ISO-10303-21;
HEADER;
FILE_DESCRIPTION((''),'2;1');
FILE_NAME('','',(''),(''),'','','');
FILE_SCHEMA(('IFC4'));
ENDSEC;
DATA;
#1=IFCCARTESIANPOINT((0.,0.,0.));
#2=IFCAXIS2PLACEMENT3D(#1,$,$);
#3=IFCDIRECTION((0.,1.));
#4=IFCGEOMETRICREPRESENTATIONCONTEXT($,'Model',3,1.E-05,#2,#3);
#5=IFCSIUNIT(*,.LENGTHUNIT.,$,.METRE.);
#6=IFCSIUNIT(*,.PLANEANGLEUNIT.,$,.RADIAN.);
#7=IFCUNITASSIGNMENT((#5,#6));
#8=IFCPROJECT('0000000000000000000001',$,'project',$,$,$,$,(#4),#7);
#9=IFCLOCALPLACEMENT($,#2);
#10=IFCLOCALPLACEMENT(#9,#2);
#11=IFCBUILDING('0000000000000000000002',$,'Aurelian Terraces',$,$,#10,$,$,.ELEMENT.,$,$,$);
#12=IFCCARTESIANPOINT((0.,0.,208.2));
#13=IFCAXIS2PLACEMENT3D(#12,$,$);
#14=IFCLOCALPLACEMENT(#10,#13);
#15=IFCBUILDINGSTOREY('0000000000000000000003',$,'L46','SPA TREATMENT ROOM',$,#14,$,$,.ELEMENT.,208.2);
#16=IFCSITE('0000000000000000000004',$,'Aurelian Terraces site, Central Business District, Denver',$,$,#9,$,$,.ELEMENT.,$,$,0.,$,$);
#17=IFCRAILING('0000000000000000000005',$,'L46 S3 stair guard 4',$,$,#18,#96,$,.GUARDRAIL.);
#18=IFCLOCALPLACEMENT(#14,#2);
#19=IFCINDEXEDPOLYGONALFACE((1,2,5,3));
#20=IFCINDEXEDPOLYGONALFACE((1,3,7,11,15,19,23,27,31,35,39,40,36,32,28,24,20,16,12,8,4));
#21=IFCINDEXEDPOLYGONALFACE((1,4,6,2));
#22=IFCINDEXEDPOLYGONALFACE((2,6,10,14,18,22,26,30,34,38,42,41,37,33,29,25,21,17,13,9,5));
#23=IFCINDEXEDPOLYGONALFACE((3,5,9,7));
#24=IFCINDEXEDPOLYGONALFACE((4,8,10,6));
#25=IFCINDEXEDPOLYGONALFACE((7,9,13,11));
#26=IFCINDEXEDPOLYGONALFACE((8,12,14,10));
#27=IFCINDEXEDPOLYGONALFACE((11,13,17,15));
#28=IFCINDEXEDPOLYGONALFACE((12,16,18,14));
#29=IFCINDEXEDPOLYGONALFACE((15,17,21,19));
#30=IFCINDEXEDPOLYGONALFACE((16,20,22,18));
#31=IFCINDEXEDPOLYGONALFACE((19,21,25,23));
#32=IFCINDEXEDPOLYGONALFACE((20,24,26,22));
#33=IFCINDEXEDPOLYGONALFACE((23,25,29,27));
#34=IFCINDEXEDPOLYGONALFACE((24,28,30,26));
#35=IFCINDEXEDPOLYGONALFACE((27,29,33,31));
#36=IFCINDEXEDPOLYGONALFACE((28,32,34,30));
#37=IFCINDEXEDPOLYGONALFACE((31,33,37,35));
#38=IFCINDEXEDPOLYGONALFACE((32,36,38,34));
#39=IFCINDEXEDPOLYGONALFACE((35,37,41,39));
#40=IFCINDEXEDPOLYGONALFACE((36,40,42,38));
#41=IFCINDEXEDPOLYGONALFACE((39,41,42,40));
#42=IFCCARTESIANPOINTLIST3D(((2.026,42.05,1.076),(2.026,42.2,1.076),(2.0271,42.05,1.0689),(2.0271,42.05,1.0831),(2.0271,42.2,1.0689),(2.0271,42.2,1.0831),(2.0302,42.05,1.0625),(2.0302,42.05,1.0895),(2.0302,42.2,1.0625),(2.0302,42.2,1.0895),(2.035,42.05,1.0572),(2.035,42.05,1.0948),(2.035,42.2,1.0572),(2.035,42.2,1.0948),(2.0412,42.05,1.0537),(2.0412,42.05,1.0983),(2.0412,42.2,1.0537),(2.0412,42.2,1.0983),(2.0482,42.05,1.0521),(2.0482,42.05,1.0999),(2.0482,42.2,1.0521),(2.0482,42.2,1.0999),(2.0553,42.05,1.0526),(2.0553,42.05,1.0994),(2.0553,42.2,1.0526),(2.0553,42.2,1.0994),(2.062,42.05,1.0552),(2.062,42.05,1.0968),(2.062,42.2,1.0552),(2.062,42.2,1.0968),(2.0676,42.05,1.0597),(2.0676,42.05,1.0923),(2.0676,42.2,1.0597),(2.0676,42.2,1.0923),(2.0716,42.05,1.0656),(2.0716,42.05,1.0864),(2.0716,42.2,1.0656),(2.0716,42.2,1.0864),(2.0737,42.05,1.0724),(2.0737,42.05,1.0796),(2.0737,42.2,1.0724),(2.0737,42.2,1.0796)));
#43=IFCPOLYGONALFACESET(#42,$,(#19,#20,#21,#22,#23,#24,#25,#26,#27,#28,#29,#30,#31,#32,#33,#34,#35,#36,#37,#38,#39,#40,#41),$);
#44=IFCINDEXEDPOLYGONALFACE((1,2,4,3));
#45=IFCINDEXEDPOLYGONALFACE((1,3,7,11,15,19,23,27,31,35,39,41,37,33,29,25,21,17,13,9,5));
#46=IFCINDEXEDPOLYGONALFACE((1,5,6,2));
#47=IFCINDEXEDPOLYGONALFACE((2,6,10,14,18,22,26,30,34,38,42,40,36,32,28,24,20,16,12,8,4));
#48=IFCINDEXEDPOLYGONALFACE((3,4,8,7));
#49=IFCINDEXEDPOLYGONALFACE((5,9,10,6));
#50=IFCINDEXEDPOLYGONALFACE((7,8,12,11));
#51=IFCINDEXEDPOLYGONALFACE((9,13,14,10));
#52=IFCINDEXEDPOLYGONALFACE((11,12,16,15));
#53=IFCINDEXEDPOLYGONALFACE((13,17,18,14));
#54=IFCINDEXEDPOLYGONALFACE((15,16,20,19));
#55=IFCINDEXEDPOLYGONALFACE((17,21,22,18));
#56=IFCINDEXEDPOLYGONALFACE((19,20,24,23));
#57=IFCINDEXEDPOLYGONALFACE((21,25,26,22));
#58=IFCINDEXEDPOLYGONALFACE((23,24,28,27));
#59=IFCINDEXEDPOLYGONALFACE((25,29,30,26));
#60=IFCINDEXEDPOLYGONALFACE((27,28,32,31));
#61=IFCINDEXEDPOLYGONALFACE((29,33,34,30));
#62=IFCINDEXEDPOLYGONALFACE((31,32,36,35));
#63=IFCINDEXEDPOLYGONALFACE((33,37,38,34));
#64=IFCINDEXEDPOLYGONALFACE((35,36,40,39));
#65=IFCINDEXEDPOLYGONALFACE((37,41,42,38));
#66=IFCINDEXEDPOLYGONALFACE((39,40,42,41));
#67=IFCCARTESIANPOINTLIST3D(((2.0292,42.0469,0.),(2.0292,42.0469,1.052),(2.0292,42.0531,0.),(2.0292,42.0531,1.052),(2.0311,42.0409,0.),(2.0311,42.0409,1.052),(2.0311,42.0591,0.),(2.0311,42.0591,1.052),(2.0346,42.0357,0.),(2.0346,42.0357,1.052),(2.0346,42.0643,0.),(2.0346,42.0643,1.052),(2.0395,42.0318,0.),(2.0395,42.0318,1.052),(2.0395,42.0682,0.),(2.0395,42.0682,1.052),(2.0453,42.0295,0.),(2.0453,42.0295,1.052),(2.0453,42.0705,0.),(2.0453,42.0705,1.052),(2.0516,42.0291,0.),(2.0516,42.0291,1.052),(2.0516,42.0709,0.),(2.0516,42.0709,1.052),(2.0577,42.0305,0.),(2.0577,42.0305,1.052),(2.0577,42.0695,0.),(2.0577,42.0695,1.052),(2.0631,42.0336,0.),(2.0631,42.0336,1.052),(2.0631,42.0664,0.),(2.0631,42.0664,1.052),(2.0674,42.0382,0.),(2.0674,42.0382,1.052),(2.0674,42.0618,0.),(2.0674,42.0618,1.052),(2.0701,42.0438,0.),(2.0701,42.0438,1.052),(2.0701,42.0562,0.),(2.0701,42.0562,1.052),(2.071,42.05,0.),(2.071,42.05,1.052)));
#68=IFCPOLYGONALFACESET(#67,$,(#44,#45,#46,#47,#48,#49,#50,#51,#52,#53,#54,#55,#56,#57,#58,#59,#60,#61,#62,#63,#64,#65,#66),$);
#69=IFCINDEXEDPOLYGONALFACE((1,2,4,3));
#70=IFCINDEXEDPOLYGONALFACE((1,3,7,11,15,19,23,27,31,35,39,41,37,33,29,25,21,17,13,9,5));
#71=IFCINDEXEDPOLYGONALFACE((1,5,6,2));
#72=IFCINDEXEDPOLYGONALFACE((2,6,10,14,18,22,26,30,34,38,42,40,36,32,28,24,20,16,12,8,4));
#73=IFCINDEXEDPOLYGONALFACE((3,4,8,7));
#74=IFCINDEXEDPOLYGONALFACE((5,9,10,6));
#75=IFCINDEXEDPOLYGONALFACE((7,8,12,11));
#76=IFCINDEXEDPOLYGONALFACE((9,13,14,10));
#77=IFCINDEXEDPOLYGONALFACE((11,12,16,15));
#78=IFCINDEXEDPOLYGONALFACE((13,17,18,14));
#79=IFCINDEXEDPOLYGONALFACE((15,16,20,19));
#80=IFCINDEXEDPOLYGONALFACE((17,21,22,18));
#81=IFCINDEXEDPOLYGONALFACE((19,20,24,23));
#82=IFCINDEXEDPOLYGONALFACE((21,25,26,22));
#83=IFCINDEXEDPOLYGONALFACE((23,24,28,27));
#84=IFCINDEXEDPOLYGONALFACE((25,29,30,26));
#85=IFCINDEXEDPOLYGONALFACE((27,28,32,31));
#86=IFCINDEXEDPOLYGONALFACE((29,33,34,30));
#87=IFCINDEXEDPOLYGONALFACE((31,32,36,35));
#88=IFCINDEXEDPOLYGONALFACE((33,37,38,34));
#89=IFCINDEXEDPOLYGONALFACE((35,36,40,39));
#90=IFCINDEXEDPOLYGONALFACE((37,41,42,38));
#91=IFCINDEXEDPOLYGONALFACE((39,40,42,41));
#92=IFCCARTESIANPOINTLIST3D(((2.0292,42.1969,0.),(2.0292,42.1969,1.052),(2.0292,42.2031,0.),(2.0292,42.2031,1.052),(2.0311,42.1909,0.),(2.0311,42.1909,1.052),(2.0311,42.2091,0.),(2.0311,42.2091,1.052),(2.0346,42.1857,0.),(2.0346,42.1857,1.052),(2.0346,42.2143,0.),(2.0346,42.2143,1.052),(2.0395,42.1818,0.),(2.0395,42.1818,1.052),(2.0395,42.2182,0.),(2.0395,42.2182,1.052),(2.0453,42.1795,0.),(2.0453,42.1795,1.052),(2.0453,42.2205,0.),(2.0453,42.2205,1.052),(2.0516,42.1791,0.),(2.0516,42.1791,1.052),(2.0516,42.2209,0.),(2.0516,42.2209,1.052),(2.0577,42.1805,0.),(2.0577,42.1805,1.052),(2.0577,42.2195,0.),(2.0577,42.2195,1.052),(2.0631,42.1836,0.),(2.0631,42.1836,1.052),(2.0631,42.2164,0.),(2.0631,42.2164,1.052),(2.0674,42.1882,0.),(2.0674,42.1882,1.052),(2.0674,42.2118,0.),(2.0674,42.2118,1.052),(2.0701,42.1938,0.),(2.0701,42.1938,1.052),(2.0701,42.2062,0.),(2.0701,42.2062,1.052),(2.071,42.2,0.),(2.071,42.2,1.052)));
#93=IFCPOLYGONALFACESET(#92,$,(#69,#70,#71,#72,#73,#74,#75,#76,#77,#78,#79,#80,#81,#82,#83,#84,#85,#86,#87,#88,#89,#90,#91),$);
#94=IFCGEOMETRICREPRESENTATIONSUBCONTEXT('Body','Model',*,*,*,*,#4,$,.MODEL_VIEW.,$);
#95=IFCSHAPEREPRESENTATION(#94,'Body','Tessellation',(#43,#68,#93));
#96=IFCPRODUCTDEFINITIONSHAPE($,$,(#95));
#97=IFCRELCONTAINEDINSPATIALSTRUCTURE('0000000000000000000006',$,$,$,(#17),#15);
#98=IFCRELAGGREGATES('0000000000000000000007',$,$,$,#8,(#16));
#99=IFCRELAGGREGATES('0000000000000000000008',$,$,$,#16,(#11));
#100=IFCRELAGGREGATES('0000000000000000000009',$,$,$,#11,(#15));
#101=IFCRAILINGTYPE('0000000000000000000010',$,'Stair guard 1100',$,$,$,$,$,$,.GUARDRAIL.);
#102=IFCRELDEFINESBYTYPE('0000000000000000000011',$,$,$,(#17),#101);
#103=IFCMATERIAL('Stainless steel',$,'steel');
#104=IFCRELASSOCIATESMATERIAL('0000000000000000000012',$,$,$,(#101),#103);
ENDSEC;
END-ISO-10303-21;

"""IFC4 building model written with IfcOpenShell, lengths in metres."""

from ifc_helpers import new_model, si_unit, direction, frame, origin, origin_2d, place, context, subcontext, project, spatial, circle, extrude, source, transform, mapped, material, type_object, element, save


model = new_model("IFC4")

# Units and contexts
model_context = context("Model", 3, precision=1e-05, world=origin(), true_north=direction((0.0, 1.0)))
body_context = subcontext(model_context, "Body", "Model", "MODEL_VIEW")
ifc_project = project(units=[si_unit("LENGTHUNIT", "METRE"), si_unit("PLANEANGLEUNIT", "RADIAN")], contexts=[model_context])

# Site, building, storey
site_placement = place(None, origin())
site = spatial("IfcSite", under=ifc_project, at=site_placement, Name="Aurelian Terraces site, Central Business District, Denver", CompositionType="ELEMENT", RefElevation=0.0)
building_placement = place(site_placement, origin())
building = spatial("IfcBuilding", under=site, at=building_placement, Name="Aurelian Terraces", CompositionType="ELEMENT")
storey_placement = place(building_placement, frame((0.0, 0.0, 208.2)))
storey = spatial("IfcBuildingStorey", under=building, at=storey_placement, Name="L46", Description="SPA TREATMENT ROOM", CompositionType="ELEMENT", Elevation=208.2)

# Railing
ifc_material_1 = material(Name="Stainless steel", Category="steel")
railing_type_1 = type_object("IfcRailingType", Name="Stair guard 1100", PredefinedType="GUARDRAIL", material=ifc_material_1)
shared_shape_1 = source(origin(), body_context, "Body", "SweptSolid", [
    extrude(circle(Radius=0.024, at=origin_2d()), frame((0.0, 0.0, 1.076), z_axis=(0.0, 1.0, 0.0), x_axis=(-1.0, 0.0, 0.0)), (0.0, 0.0, 1.0), 0.15),
    extrude(circle(Radius=0.021, at=origin_2d()), origin(), (0.0, 0.0, 1.0), 1.052),
    extrude(circle(Radius=0.021, at=origin_2d()), frame((0.0, 0.15, 0.0)), (0.0, 0.0, 1.0), 1.052),
])
for number, where, name in (
    (1, (2.05, 42.05, 0.0), "L46 S3 stair guard 4"),
):
    element("IfcRailing", number, at=place(storey_placement, frame(where)), inside=storey, type_object=railing_type_1, Name=name, PredefinedType="GUARDRAIL", context=body_context, shape_type="MappedRepresentation", body=[
        mapped(shared_shape_1, transform((0.0, 0.0, 0.0), scale=1.0)),
    ])

save(model, "model.ifc")
